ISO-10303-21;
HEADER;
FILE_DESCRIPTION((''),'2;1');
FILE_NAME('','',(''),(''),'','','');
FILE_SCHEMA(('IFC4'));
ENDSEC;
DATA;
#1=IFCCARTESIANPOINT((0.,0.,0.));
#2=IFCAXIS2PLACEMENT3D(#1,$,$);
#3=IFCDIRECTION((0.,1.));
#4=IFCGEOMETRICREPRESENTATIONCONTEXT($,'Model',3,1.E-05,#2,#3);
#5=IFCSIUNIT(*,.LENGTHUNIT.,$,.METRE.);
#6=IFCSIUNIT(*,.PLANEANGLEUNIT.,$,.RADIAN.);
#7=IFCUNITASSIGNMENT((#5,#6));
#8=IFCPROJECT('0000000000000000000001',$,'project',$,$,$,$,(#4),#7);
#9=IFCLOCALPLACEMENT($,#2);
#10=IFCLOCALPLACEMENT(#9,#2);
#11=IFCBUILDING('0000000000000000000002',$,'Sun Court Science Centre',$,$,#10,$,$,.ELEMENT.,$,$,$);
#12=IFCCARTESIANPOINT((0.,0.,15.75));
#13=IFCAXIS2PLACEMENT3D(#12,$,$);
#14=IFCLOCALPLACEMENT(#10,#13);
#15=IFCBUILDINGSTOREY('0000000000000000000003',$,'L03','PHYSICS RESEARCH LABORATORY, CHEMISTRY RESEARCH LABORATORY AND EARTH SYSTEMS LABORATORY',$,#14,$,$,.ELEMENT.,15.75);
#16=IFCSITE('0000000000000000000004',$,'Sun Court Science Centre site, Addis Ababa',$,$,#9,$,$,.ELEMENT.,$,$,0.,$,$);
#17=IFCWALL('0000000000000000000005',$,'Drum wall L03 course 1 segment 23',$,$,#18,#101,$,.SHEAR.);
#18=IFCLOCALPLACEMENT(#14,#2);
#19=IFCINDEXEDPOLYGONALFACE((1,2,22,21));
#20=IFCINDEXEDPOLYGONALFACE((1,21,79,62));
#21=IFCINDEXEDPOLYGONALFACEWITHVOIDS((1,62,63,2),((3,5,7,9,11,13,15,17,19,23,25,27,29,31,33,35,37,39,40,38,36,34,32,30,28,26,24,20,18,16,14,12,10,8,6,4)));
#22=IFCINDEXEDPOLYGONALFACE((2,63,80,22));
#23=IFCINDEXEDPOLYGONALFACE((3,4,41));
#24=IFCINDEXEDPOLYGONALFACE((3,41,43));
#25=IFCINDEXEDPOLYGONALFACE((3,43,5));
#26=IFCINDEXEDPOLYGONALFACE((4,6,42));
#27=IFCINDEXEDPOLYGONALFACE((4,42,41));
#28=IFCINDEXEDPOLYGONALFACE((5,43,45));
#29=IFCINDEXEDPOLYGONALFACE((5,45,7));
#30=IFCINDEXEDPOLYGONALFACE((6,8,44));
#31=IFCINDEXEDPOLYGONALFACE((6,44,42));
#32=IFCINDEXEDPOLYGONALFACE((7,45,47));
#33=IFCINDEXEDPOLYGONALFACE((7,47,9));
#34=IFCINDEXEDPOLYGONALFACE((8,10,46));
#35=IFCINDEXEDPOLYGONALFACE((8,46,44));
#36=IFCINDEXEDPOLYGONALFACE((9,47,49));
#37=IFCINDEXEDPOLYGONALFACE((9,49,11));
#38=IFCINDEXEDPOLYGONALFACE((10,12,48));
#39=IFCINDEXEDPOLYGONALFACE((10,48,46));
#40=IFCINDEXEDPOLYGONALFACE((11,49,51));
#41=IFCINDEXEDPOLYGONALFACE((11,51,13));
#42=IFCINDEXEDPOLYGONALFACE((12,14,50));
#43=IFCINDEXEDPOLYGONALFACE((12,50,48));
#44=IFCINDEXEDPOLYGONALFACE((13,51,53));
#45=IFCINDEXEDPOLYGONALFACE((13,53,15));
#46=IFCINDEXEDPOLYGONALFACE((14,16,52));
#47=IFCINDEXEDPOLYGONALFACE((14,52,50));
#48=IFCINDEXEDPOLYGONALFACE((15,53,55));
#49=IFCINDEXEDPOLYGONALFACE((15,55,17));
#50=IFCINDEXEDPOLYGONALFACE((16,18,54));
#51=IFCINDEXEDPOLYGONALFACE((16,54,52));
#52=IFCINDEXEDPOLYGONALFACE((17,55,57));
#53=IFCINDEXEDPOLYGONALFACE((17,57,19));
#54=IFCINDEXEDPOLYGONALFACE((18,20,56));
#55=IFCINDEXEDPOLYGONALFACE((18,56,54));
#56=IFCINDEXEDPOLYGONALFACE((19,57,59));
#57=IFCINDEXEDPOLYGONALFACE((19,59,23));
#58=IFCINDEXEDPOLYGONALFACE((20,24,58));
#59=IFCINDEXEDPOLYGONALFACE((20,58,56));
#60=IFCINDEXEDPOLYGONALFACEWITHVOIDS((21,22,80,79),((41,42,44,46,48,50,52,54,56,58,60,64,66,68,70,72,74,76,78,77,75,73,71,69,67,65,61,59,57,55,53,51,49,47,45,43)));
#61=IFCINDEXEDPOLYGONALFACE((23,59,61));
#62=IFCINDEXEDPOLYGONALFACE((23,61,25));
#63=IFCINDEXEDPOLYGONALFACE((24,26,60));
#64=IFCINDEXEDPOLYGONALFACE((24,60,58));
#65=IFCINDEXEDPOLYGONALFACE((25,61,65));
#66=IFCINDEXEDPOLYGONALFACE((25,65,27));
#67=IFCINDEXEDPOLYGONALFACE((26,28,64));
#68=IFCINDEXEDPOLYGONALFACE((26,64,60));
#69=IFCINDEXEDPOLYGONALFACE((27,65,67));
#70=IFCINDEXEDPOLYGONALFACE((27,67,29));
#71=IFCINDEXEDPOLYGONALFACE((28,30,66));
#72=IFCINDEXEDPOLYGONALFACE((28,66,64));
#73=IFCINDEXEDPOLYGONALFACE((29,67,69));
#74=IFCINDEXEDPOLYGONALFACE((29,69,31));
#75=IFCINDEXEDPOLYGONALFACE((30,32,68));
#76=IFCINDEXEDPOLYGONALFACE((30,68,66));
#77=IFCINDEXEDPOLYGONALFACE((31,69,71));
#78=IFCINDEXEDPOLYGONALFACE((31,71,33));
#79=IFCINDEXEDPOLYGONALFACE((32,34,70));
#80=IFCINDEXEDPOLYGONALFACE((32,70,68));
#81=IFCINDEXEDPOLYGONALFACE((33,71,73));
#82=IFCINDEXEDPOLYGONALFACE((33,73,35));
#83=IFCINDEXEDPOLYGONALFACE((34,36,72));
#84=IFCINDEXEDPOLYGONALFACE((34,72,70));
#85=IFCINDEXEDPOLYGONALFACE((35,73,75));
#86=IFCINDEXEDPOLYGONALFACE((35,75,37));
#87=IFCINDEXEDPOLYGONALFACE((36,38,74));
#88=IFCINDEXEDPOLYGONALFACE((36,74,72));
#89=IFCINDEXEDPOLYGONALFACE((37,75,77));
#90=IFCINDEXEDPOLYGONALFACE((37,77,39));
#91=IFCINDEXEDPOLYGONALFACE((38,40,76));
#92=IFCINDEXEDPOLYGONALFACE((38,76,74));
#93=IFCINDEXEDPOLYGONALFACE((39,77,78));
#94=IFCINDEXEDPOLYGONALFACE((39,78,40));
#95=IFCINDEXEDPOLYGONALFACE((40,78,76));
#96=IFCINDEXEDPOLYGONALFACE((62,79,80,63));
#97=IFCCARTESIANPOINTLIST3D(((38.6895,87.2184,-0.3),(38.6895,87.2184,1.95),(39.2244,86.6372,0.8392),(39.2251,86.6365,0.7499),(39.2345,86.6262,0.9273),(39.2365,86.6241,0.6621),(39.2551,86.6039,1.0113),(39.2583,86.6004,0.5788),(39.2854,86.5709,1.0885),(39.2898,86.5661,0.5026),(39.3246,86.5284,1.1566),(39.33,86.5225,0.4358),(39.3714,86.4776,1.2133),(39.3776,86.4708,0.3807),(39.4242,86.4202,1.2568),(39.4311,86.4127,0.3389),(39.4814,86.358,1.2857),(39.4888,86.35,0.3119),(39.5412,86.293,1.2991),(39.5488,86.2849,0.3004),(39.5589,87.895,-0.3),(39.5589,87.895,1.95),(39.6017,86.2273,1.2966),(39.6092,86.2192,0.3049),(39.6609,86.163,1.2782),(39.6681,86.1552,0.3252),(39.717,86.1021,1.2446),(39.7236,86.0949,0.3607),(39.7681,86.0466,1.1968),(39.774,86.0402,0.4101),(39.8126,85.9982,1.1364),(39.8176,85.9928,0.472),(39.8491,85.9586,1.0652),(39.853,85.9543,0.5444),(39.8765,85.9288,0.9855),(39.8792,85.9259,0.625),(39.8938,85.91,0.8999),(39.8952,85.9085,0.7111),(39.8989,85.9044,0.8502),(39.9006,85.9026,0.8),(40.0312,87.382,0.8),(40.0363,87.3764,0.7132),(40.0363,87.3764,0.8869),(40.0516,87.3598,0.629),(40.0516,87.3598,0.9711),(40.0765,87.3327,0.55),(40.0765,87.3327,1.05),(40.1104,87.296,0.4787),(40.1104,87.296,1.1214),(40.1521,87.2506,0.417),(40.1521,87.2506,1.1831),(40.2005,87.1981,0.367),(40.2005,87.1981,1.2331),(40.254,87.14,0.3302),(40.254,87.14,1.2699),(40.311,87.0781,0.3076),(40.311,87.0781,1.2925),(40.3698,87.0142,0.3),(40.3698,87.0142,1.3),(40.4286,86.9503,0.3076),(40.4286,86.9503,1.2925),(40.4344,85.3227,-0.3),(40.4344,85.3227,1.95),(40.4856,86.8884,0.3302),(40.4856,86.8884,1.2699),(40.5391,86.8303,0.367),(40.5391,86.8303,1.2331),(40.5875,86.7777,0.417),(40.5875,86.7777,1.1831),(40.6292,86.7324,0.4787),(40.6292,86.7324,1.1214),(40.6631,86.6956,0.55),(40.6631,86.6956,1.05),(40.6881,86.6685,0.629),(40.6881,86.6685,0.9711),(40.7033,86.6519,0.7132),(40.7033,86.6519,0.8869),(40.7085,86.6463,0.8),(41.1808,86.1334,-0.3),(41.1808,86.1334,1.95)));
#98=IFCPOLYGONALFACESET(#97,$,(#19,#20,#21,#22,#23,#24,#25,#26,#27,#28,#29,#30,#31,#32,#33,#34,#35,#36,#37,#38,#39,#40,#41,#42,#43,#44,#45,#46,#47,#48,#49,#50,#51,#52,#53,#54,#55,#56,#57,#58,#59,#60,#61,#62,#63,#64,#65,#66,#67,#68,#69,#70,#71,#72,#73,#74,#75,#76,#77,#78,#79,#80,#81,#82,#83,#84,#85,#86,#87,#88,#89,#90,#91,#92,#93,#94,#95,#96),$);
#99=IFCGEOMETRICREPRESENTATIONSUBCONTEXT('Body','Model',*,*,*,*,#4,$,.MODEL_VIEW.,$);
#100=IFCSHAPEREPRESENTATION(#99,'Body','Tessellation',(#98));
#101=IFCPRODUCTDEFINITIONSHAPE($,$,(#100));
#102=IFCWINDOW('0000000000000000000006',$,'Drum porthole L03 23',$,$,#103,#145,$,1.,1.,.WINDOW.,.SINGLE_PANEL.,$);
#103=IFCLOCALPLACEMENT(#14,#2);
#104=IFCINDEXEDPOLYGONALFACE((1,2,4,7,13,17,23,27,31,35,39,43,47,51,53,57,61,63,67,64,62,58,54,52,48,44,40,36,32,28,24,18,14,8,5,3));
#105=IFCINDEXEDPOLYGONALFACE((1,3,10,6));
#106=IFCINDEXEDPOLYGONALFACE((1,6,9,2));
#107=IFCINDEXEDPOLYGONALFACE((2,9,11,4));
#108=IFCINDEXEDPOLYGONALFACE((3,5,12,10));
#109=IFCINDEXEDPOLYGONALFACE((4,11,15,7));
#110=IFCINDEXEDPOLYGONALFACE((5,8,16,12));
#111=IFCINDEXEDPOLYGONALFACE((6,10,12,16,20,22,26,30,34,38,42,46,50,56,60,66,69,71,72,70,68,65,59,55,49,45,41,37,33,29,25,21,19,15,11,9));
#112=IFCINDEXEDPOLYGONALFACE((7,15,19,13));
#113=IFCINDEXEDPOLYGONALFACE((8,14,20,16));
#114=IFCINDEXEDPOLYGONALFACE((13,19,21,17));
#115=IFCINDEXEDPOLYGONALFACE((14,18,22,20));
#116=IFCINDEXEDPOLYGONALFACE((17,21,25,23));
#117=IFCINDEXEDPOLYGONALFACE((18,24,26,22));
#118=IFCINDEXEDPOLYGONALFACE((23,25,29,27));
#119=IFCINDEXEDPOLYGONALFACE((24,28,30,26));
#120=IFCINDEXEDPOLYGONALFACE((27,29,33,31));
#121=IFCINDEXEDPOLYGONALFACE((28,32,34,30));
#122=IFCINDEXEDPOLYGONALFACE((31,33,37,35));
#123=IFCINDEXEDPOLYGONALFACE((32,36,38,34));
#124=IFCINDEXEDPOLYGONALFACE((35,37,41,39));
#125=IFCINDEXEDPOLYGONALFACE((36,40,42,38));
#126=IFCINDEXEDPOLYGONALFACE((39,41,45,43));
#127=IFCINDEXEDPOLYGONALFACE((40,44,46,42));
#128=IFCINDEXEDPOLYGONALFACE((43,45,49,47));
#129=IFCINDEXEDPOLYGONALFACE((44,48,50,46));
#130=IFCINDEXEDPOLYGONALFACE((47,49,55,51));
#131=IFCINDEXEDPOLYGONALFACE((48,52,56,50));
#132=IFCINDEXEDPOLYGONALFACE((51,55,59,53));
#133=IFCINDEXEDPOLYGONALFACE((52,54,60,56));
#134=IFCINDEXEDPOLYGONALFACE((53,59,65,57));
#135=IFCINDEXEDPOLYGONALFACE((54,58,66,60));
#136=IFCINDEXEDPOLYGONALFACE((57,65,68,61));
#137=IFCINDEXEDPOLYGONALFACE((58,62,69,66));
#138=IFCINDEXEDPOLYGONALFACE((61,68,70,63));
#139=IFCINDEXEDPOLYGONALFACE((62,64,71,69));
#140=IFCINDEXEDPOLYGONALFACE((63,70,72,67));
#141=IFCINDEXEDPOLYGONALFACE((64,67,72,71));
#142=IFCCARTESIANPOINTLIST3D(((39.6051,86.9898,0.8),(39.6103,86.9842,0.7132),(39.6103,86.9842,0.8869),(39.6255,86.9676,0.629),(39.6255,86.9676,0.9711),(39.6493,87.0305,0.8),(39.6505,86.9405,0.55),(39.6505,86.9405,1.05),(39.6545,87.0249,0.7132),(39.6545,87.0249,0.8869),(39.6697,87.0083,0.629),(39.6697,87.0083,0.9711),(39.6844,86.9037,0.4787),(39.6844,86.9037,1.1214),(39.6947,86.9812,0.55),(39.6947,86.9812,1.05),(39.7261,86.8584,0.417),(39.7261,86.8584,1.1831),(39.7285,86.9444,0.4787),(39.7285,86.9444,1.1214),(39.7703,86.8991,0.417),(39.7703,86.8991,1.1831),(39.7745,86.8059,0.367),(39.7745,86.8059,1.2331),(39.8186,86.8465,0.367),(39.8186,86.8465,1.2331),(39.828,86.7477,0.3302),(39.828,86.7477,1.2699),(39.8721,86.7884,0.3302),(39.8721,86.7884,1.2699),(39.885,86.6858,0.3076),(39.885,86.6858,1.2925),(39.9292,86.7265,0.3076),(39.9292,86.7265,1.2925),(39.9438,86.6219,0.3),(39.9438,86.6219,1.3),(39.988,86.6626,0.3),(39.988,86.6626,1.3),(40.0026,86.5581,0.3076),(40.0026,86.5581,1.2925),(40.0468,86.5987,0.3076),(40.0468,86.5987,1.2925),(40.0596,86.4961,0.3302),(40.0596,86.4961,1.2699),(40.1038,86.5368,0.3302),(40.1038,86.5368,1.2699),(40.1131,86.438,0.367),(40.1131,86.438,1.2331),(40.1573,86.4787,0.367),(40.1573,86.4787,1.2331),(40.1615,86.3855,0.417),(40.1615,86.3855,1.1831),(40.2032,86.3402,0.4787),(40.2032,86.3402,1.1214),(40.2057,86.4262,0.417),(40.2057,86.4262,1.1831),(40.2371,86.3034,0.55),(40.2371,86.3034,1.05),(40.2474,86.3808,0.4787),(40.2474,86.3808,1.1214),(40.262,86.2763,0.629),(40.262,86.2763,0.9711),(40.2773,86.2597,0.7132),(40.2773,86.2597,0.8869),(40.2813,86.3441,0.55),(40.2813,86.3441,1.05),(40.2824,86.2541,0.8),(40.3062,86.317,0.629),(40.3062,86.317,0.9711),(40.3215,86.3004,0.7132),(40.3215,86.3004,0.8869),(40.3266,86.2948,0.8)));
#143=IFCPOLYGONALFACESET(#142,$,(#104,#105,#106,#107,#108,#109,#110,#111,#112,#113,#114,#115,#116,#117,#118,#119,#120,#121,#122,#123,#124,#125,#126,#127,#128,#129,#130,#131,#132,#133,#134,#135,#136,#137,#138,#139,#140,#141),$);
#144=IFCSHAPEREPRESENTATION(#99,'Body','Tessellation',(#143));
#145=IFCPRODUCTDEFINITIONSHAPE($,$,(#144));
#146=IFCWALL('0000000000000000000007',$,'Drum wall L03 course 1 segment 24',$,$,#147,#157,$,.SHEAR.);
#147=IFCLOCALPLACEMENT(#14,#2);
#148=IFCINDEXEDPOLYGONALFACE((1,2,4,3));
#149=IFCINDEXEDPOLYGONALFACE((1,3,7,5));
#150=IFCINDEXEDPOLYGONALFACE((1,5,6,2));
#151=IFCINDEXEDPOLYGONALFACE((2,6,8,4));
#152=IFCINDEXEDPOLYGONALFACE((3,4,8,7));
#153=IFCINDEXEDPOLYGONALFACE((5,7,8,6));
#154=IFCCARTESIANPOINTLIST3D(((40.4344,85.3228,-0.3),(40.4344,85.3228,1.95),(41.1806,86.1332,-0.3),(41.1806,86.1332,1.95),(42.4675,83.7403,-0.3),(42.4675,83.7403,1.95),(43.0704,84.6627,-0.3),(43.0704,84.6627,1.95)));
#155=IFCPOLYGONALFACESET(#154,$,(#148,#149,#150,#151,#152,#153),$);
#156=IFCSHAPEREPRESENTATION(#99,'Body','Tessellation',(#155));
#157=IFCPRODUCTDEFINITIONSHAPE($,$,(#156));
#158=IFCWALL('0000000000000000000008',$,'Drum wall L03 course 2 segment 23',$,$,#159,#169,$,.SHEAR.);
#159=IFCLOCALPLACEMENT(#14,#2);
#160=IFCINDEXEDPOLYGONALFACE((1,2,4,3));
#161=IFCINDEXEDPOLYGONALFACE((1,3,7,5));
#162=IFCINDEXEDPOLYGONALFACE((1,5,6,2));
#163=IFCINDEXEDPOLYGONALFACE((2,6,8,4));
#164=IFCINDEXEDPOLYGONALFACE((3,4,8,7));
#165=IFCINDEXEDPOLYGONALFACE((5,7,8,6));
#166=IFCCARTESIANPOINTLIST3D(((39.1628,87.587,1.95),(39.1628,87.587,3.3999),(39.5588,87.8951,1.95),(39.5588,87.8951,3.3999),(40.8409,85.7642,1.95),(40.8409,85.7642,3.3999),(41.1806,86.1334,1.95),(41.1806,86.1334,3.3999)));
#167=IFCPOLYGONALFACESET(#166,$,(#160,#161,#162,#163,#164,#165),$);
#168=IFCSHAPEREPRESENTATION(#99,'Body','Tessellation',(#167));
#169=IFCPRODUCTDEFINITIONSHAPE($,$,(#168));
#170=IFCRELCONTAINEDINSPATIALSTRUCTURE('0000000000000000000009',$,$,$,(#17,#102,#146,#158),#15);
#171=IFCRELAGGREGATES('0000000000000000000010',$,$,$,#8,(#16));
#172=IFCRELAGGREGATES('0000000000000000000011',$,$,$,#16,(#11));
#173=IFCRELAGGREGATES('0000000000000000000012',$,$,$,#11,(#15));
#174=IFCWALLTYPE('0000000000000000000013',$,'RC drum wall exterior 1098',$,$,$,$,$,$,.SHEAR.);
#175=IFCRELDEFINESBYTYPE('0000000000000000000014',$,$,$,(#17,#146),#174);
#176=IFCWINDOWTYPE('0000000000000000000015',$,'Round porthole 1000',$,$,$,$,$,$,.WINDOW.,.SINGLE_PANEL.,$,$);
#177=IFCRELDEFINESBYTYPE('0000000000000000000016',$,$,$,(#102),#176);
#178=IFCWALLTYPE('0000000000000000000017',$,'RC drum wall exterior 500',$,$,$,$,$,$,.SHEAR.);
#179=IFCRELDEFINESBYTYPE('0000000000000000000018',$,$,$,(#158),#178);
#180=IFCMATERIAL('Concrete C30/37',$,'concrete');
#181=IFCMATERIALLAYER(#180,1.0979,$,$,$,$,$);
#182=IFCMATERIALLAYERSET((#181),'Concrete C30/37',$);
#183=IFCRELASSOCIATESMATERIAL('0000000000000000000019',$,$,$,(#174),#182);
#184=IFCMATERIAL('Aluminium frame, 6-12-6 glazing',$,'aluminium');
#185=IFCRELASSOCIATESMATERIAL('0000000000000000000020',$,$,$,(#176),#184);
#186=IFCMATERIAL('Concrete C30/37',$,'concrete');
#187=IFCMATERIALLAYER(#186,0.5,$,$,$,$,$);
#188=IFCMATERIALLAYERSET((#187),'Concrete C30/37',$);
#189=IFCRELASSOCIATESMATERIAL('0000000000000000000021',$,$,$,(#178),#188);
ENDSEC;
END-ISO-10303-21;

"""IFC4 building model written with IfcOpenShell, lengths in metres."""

from ifc_helpers import new_model, si_unit, direction, frame, frame_2d, origin, place, context, subcontext, project, spatial, polyline, circle, outline, extrude, material, layer, layer_set, type_object, element, fill, save


model = new_model("IFC4")

# Units and contexts
model_context = context("Model", 3, precision=1e-05, world=origin(), true_north=direction((0.0, 1.0)))
body_context = subcontext(model_context, "Body", "Model", "MODEL_VIEW")
ifc_project = project(units=[si_unit("LENGTHUNIT", "METRE"), si_unit("PLANEANGLEUNIT", "RADIAN")], contexts=[model_context])

# Site, building, storey
site_placement = place(None, origin())
site = spatial("IfcSite", under=ifc_project, at=site_placement, Name="Sun Court Science Centre site, Addis Ababa", CompositionType="ELEMENT", RefElevation=0.0)
building_placement = place(site_placement, origin())
building = spatial("IfcBuilding", under=site, at=building_placement, Name="Sun Court Science Centre", CompositionType="ELEMENT")
storey_placement = place(building_placement, frame((0.0, 0.0, 15.75)))
storey = spatial("IfcBuildingStorey", under=building, at=storey_placement, Name="L03", Description="PHYSICS RESEARCH LABORATORY, CHEMISTRY RESEARCH LABORATORY AND EARTH SYSTEMS LABORATORY", CompositionType="ELEMENT", Elevation=15.75)

# Wall, opening, window
ifc_material_1 = material(Name="Concrete C30/37", Category="concrete")
ifc_layer_1 = layer(ifc_material_1, 1.0979)
ifc_layer_set_1 = layer_set([ifc_layer_1], Name="Concrete C30/37")
wall_type_1 = type_object("IfcWallType", Name="RC drum wall exterior 1098", PredefinedType="SHEAR", material=ifc_layer_set_1)
wall_1_placement = place(storey_placement, frame((39.0933, 87.5901, -0.3), z_axis=(0.0, 0.0, 1.0), x_axis=(0.677319, -0.735689, 0.0)))
wall_1 = element("IfcWall", 1, at=wall_1_placement, inside=storey, type_object=wall_type_1, Name="Drum wall L03 course 1 segment 23", PredefinedType="SHEAR", context=body_context, shape_type="SweptSolid", body=[
    extrude(outline(polyline([(0.0, -0.5488), (2.5764, -0.5491), (2.4856, 0.5491), (0.0911, 0.5491), (0.0, -0.5488)])), origin(), (0.0, 0.0, 1.0), 2.25),
])
opening_1_placement = place(wall_1_placement, frame((0.7883, 0.0, 0.6001)))
opening_1 = element("IfcOpeningElement", 2, at=opening_1_placement, cuts=wall_1, PredefinedType="OPENING", context=body_context, shape_type="SweptSolid", body=[
    extrude(circle(Radius=0.5, at=frame_2d((0.5, 0.5))), frame((0.0, 0.5588, 0.0), z_axis=(0.0, -1.0, 0.0), x_axis=(1.0, 0.0, 0.0)), (0.0, 0.0, 1.0), 1.1179),
])
ifc_material_2 = material(Name="Aluminium frame, 6-12-6 glazing", Category="aluminium")
window_type = type_object("IfcWindowType", Name="Round porthole 1000", PartitioningType="SINGLE_PANEL", PredefinedType="WINDOW", material=ifc_material_2)
window_1_placement = place(opening_1_placement, origin())
window_1 = element("IfcWindow", 3, at=window_1_placement, inside=storey, type_object=window_type, Name="Drum porthole L03 23", OverallHeight=1.0, OverallWidth=1.0, PartitioningType="SINGLE_PANEL", PredefinedType="WINDOW", context=body_context, shape_type="SweptSolid", body=[
    extrude(circle(Radius=0.5, at=frame_2d((0.5, 0.5))), frame((0.0, 0.03, 0.0), z_axis=(0.0, -1.0, 0.0), x_axis=(1.0, 0.0, 0.0)), (0.0, 0.0, 1.0), 0.0601),
])
fill(opening_1, window_1)

# Walls
wall_2_placement = place(storey_placement, frame((40.7715, 85.7559, -0.3), z_axis=(0.0, 0.0, 1.0), x_axis=(0.789138, -0.614216, 0.0)))
element("IfcWall", 4, at=wall_2_placement, inside=storey, type_object=wall_type_1, Name="Drum wall L03 course 1 segment 24", PredefinedType="SHEAR", context=body_context, shape_type="SweptSolid", body=[
    extrude(outline(polyline([(0.0, -0.5488), (2.5764, -0.5488), (2.4856, 0.5493), (0.0911, 0.5491), (0.0, -0.5488)])), origin(), (0.0, 0.0, 1.0), 2.25),
])
ifc_material_3 = material(Name="Concrete C30/37", Category="concrete")
ifc_layer_2 = layer(ifc_material_3, 0.5)
ifc_layer_set_2 = layer_set([ifc_layer_2], Name="Concrete C30/37")
wall_type_2 = type_object("IfcWallType", Name="RC drum wall exterior 500", PredefinedType="SHEAR", material=ifc_layer_set_2)
wall_3_placement = place(storey_placement, frame((39.3469, 87.7561, 1.95), z_axis=(0.0, 0.0, 1.0), x_axis=(0.677232, -0.73577, 0.0)))
element("IfcWall", 5, at=wall_3_placement, inside=storey, type_object=wall_type_2, Name="Drum wall L03 course 2 segment 23", PredefinedType="SHEAR", context=body_context, shape_type="SweptSolid", body=[
    extrude(outline(polyline([(-0.0002, -0.25), (2.4773, -0.2498), (2.4358, 0.2502), (0.0413, 0.25), (-0.0002, -0.25)])), origin(), (0.0, 0.0, 1.0), 1.45),
])

save(model, "model.ifc")
